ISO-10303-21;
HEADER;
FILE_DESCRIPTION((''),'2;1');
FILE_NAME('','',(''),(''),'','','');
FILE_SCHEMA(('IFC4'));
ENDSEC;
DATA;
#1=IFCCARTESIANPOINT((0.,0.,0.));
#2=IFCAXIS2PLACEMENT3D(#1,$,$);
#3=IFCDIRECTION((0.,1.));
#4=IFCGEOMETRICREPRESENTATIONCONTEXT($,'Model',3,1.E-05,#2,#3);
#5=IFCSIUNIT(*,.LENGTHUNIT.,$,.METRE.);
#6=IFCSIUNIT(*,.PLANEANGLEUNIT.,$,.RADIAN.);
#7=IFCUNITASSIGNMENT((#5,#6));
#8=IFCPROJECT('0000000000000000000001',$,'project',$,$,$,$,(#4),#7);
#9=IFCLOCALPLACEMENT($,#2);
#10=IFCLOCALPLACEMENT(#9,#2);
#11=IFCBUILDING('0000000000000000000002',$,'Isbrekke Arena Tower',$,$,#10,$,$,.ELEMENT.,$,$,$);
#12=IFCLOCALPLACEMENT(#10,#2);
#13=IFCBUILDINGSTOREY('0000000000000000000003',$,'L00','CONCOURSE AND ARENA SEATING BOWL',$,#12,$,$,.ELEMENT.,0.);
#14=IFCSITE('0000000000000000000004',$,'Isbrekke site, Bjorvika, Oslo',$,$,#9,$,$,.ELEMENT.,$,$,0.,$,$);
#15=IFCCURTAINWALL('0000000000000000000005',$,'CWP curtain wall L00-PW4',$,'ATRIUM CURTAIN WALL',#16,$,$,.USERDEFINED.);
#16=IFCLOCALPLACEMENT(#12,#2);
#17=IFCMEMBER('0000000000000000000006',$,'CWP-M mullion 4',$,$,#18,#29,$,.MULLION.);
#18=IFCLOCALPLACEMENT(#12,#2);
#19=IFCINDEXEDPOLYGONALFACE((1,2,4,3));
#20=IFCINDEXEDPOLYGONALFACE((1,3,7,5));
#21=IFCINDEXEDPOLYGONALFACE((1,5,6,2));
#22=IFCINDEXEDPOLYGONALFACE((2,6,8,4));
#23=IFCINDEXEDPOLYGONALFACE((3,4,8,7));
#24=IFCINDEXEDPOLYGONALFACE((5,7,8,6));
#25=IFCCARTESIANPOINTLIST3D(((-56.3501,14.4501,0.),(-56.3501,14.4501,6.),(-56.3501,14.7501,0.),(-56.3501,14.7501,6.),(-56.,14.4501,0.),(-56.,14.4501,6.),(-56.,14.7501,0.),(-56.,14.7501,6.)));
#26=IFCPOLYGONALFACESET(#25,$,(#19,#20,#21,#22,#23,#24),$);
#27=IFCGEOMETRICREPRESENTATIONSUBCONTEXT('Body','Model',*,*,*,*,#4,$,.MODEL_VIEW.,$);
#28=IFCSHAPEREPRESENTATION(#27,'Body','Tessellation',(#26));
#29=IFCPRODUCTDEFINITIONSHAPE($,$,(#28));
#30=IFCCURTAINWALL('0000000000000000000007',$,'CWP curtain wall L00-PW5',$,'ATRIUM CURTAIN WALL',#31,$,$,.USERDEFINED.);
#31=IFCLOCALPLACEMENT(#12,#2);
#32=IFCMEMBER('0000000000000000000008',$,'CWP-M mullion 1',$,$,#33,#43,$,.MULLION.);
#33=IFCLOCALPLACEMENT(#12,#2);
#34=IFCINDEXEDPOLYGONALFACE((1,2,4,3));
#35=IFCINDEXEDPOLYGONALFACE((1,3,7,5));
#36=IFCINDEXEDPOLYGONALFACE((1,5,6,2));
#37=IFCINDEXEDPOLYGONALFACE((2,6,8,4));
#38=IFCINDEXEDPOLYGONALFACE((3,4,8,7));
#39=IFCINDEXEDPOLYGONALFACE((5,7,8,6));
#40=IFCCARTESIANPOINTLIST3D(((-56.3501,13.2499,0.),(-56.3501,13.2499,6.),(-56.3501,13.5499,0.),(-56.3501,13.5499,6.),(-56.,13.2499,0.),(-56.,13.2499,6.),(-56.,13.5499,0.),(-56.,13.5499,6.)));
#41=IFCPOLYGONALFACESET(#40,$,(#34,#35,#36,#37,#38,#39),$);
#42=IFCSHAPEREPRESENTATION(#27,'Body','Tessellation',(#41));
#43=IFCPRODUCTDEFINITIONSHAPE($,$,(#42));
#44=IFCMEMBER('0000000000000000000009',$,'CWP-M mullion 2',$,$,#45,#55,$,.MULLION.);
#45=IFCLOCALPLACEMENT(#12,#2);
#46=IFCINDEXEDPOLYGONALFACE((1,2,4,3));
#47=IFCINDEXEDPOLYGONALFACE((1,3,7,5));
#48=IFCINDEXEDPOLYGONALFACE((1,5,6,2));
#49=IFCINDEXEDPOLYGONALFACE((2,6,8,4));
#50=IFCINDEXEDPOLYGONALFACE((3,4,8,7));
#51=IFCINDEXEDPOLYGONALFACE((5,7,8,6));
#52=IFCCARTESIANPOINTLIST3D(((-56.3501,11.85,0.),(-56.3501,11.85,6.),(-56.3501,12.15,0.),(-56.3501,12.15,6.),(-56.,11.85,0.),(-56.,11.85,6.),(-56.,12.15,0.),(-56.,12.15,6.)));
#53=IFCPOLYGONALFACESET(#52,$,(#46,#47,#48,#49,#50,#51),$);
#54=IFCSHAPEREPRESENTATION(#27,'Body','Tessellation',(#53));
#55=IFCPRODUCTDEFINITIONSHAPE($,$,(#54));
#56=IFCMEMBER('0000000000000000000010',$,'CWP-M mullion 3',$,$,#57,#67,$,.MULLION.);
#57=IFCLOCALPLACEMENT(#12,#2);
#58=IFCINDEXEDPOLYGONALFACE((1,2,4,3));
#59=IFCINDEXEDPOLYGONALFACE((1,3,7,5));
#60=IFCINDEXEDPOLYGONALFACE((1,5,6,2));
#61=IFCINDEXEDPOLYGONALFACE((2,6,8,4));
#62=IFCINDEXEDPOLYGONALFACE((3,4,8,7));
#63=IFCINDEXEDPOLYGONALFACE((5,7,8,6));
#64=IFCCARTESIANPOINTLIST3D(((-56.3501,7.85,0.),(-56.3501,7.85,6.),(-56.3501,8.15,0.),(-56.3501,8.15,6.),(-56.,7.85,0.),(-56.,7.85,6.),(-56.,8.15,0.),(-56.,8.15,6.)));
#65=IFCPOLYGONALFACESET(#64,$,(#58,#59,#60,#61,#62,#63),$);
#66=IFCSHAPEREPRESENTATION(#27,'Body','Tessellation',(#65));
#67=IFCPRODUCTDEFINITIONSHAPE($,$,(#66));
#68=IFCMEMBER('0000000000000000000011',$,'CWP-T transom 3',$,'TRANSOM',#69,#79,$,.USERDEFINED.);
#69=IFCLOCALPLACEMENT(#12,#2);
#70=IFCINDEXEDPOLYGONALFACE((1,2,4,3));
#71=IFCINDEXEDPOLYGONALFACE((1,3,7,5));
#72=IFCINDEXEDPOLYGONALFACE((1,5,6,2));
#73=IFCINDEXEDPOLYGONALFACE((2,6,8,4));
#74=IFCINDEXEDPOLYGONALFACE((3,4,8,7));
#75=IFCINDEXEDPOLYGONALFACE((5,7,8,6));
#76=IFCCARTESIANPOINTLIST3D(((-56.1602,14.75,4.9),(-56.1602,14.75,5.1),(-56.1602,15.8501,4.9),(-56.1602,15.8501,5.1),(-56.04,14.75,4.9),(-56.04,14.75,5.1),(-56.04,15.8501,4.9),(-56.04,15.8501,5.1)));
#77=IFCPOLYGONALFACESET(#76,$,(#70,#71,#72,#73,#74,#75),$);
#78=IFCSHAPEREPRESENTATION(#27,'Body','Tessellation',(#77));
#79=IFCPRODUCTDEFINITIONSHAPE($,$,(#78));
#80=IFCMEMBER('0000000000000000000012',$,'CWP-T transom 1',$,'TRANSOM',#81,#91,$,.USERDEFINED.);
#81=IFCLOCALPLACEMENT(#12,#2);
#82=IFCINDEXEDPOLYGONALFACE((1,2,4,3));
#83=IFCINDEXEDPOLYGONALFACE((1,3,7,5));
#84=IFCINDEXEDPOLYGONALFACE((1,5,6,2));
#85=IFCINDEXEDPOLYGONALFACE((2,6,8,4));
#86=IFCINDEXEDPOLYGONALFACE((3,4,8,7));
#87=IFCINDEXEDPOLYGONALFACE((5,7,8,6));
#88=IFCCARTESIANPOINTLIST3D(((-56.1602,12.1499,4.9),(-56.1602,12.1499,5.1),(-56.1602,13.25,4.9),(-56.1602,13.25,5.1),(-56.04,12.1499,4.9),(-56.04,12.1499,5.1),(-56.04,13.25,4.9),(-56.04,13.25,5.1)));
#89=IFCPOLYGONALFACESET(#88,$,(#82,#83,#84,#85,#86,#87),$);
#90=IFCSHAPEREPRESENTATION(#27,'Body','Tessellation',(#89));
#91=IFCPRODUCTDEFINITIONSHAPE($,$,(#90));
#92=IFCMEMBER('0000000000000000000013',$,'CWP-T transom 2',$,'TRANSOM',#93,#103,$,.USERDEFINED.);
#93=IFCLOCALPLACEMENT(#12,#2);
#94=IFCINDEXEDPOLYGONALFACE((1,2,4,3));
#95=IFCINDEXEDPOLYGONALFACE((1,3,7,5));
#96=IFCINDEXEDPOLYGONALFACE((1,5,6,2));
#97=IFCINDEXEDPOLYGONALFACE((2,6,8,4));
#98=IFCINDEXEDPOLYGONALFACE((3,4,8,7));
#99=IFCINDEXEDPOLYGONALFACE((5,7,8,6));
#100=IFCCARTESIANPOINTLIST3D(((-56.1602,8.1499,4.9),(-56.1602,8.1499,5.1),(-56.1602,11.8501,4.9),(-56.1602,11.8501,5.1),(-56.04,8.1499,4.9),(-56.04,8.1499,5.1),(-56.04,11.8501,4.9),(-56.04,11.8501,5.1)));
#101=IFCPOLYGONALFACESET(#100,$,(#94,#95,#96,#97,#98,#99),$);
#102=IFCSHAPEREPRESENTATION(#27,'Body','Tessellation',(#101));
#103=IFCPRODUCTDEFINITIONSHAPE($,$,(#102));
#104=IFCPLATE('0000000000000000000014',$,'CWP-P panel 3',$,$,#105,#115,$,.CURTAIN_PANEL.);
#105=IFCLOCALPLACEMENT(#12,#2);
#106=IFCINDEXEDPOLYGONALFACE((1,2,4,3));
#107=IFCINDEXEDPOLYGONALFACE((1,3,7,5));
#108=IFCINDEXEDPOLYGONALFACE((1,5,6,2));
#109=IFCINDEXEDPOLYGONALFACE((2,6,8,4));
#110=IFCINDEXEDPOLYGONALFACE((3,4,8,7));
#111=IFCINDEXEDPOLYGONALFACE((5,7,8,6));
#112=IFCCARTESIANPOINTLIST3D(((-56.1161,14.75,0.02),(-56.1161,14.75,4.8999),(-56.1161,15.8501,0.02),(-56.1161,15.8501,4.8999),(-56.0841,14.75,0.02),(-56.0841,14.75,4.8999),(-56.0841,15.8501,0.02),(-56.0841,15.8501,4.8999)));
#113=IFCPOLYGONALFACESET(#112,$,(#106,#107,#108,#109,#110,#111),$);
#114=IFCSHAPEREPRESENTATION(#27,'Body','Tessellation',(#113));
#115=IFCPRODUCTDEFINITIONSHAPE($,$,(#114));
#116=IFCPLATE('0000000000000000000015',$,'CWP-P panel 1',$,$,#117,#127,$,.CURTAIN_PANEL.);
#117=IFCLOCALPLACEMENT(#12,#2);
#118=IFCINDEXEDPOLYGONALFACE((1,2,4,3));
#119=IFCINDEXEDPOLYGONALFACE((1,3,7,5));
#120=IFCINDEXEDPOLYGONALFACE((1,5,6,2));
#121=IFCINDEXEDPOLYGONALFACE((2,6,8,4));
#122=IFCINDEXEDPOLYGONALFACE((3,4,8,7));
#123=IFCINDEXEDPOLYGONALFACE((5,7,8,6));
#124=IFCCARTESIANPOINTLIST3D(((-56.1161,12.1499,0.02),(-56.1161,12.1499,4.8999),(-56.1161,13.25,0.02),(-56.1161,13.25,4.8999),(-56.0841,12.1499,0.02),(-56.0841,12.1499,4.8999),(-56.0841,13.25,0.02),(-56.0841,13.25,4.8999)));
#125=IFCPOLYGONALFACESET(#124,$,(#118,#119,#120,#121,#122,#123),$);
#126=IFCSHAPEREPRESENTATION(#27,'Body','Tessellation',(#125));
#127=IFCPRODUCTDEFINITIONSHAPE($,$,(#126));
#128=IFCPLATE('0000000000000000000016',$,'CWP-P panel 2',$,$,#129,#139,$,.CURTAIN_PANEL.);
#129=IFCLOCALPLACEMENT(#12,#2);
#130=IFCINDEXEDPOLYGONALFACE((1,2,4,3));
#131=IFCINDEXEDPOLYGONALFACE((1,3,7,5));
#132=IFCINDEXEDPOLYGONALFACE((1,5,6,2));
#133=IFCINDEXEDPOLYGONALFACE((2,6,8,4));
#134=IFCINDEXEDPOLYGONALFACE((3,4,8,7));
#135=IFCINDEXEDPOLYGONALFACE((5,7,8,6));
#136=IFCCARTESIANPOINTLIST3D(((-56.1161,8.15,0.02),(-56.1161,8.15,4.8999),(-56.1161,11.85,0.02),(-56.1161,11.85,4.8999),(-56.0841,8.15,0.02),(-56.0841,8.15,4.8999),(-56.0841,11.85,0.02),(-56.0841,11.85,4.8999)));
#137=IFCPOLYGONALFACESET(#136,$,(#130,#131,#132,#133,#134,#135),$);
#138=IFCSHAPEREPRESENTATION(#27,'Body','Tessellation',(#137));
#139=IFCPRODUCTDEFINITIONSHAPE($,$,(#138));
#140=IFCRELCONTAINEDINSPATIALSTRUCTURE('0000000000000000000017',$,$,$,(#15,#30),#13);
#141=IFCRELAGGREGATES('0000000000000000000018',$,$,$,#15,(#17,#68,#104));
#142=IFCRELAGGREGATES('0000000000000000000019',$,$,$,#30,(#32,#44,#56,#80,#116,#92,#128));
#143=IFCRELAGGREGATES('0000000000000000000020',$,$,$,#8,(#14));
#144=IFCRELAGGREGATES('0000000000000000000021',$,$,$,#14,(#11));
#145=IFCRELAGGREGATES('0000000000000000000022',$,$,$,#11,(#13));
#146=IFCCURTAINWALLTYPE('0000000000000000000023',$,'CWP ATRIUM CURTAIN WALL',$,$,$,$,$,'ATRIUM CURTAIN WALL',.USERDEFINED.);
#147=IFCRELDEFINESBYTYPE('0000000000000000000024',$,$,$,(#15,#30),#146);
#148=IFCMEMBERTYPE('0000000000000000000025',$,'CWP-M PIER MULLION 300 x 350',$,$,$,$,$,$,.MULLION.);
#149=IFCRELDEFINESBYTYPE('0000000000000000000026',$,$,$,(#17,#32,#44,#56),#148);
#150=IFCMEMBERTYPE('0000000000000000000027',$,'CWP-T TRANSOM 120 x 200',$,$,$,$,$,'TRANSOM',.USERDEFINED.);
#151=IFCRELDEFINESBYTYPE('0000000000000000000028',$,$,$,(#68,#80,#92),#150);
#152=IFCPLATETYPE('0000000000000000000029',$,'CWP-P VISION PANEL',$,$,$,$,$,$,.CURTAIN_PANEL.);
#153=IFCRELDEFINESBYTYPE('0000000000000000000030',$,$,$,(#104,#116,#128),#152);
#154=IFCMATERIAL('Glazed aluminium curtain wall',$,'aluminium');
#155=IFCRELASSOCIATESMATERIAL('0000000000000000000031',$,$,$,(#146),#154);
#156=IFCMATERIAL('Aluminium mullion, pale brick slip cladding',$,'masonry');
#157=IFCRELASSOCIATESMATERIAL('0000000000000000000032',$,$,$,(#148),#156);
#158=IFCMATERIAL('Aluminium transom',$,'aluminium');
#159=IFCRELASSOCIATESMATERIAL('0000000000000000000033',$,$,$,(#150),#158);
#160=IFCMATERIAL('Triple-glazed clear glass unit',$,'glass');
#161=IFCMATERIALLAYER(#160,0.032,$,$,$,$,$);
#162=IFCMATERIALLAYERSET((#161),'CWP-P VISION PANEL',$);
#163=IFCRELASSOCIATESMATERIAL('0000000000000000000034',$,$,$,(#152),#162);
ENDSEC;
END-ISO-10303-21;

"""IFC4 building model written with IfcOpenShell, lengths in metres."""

from ifc_helpers import new_model, si_unit, direction, frame, origin, origin_2d, place, context, subcontext, project, spatial, rectangle, extrude, material, layer, layer_set, material_profile, profile_set, type_object, element, aggregate, save


model = new_model("IFC4")

# Units and contexts
model_context = context("Model", 3, precision=1e-05, world=origin(), true_north=direction((0.0, 1.0)))
body_context = subcontext(model_context, "Body", "Model", "MODEL_VIEW")
ifc_project = project(units=[si_unit("LENGTHUNIT", "METRE"), si_unit("PLANEANGLEUNIT", "RADIAN")], contexts=[model_context])

# Site, building, storey
site_placement = place(None, origin())
site = spatial("IfcSite", under=ifc_project, at=site_placement, Name="Isbrekke site, Bjorvika, Oslo", CompositionType="ELEMENT", RefElevation=0.0)
building_placement = place(site_placement, origin())
building = spatial("IfcBuilding", under=site, at=building_placement, Name="Isbrekke Arena Tower", CompositionType="ELEMENT")
storey_placement = place(building_placement, origin())
storey = spatial("IfcBuildingStorey", under=building, at=storey_placement, Name="L00", Description="CONCOURSE AND ARENA SEATING BOWL", CompositionType="ELEMENT", Elevation=0.0)

# Curtain wall, member
ifc_material_1 = material(Name="Glazed aluminium curtain wall", Category="aluminium")
curtain_wall_type = type_object("IfcCurtainWallType", Name="CWP ATRIUM CURTAIN WALL", ElementType="ATRIUM CURTAIN WALL", PredefinedType="USERDEFINED", material=ifc_material_1)
curtain_wall_1_placement = place(storey_placement, origin())
curtain_wall_1 = element("IfcCurtainWall", 1, at=curtain_wall_1_placement, inside=storey, type_object=curtain_wall_type, Name="CWP curtain wall L00-PW4", ObjectType="ATRIUM CURTAIN WALL", PredefinedType="USERDEFINED")
ifc_material_2 = material(Name="Aluminium mullion, pale brick slip cladding", Category="masonry")
ifc_material_profile_1 = material_profile(ifc_material_2, rectangle(XDim=0.3, YDim=0.3501, at=origin_2d()), Name="PIER 300X350")
ifc_profile_set_1 = profile_set([ifc_material_profile_1], Name="Aluminium mullion, pale brick slip cladding")
member_type_1 = type_object("IfcMemberType", Name="CWP-M PIER MULLION 300 x 350", PredefinedType="MULLION", material=ifc_profile_set_1)
member_1_placement = place(storey_placement, frame((-56.175, 14.6001, 0.0), z_axis=(0.0, 0.0, 1.0), x_axis=(0.0, -1.0, 0.0)))
member_1 = element("IfcMember", 2, at=member_1_placement, type_object=member_type_1, Name="CWP-M mullion 4", PredefinedType="MULLION", context=body_context, shape_type="SweptSolid", body=[
    extrude(rectangle(XDim=0.3, YDim=0.3501, at=origin_2d()), origin(), (0.0, 0.0, 1.0), 6.0),
])

# Curtain wall, members
curtain_wall_2_placement = place(storey_placement, origin())
curtain_wall_2 = element("IfcCurtainWall", 3, at=curtain_wall_2_placement, inside=storey, type_object=curtain_wall_type, Name="CWP curtain wall L00-PW5", ObjectType="ATRIUM CURTAIN WALL", PredefinedType="USERDEFINED")
member_2_placement = place(storey_placement, frame((-56.175, 13.3999, 0.0), z_axis=(0.0, 0.0, 1.0), x_axis=(0.0, -1.0, 0.0)))
member_2 = element("IfcMember", 4, at=member_2_placement, type_object=member_type_1, Name="CWP-M mullion 1", PredefinedType="MULLION", context=body_context, shape_type="SweptSolid", body=[
    extrude(rectangle(XDim=0.3, YDim=0.3501, at=origin_2d()), origin(), (0.0, 0.0, 1.0), 6.0),
])
member_3_placement = place(storey_placement, frame((-56.175, 12.0, 0.0), z_axis=(0.0, 0.0, 1.0), x_axis=(0.0, -1.0, 0.0)))
member_3 = element("IfcMember", 5, at=member_3_placement, type_object=member_type_1, Name="CWP-M mullion 2", PredefinedType="MULLION", context=body_context, shape_type="SweptSolid", body=[
    extrude(rectangle(XDim=0.3, YDim=0.3501, at=origin_2d()), origin(), (0.0, 0.0, 1.0), 6.0),
])
member_4_placement = place(storey_placement, frame((-56.175, 8.0, 0.0), z_axis=(0.0, 0.0, 1.0), x_axis=(0.0, -1.0, 0.0)))
member_4 = element("IfcMember", 6, at=member_4_placement, type_object=member_type_1, Name="CWP-M mullion 3", PredefinedType="MULLION", context=body_context, shape_type="SweptSolid", body=[
    extrude(rectangle(XDim=0.3, YDim=0.3501, at=origin_2d()), origin(), (0.0, 0.0, 1.0), 6.0),
])

# Members
ifc_material_3 = material(Name="Aluminium transom", Category="aluminium")
ifc_material_profile_2 = material_profile(ifc_material_3, rectangle(XDim=0.1201, YDim=0.2, at=origin_2d()), Name="TRANSOM 120X200")
ifc_profile_set_2 = profile_set([ifc_material_profile_2], Name="Aluminium transom")
member_type_2 = type_object("IfcMemberType", Name="CWP-T TRANSOM 120 x 200", ElementType="TRANSOM", PredefinedType="USERDEFINED", material=ifc_profile_set_2)
member_5_placement = place(storey_placement, frame((-56.1001, 15.8501, 5.0), z_axis=(0.0, -1.0, 0.0), x_axis=(1.0, 0.0, 0.0)))
member_5 = element("IfcMember", 7, at=member_5_placement, type_object=member_type_2, Name="CWP-T transom 3", ObjectType="TRANSOM", PredefinedType="USERDEFINED", context=body_context, shape_type="SweptSolid", body=[
    extrude(rectangle(XDim=0.1201, YDim=0.2, at=origin_2d()), origin(), (0.0, 0.0, 1.0), 1.1001),
])
member_6_placement = place(storey_placement, frame((-56.1001, 13.25, 5.0), z_axis=(0.0, -1.0, 0.0), x_axis=(1.0, 0.0, 0.0)))
member_6 = element("IfcMember", 8, at=member_6_placement, type_object=member_type_2, Name="CWP-T transom 1", ObjectType="TRANSOM", PredefinedType="USERDEFINED", context=body_context, shape_type="SweptSolid", body=[
    extrude(rectangle(XDim=0.1201, YDim=0.2, at=origin_2d()), origin(), (0.0, 0.0, 1.0), 1.1001),
])
member_7_placement = place(storey_placement, frame((-56.1001, 11.8501, 5.0), z_axis=(0.0, -1.0, 0.0), x_axis=(1.0, 0.0, 0.0)))
member_7 = element("IfcMember", 9, at=member_7_placement, type_object=member_type_2, Name="CWP-T transom 2", ObjectType="TRANSOM", PredefinedType="USERDEFINED", context=body_context, shape_type="SweptSolid", body=[
    extrude(rectangle(XDim=0.1201, YDim=0.2, at=origin_2d()), origin(), (0.0, 0.0, 1.0), 3.7002),
])

# Plates
ifc_material_4 = material(Name="Triple-glazed clear glass unit", Category="glass")
ifc_layer = layer(ifc_material_4, 0.032)
ifc_layer_set = layer_set([ifc_layer], Name="CWP-P VISION PANEL")
plate_type = type_object("IfcPlateType", Name="CWP-P VISION PANEL", PredefinedType="CURTAIN_PANEL", material=ifc_layer_set)
plate_1_placement = place(storey_placement, frame((-56.1001, 15.3, 0.02), z_axis=(0.0, 0.0, 1.0), x_axis=(0.0, -1.0, 0.0)))
plate_1 = element("IfcPlate", 10, at=plate_1_placement, type_object=plate_type, Name="CWP-P panel 3", PredefinedType="CURTAIN_PANEL", context=body_context, shape_type="SweptSolid", body=[
    extrude(rectangle(XDim=1.1001, YDim=0.032, at=origin_2d()), origin(), (0.0, 0.0, 1.0), 4.8799),
])
aggregate(curtain_wall_1, [member_1, member_5, plate_1])
plate_2_placement = place(storey_placement, frame((-56.1001, 12.7, 0.02), z_axis=(0.0, 0.0, 1.0), x_axis=(0.0, -1.0, 0.0)))
plate_2 = element("IfcPlate", 11, at=plate_2_placement, type_object=plate_type, Name="CWP-P panel 1", PredefinedType="CURTAIN_PANEL", context=body_context, shape_type="SweptSolid", body=[
    extrude(rectangle(XDim=1.1001, YDim=0.032, at=origin_2d()), origin(), (0.0, 0.0, 1.0), 4.8799),
])
plate_3_placement = place(storey_placement, frame((-56.1001, 10.0, 0.02), z_axis=(0.0, 0.0, 1.0), x_axis=(0.0, -1.0, 0.0)))
plate_3 = element("IfcPlate", 12, at=plate_3_placement, type_object=plate_type, Name="CWP-P panel 2", PredefinedType="CURTAIN_PANEL", context=body_context, shape_type="SweptSolid", body=[
    extrude(rectangle(XDim=3.7, YDim=0.032, at=origin_2d()), origin(), (0.0, 0.0, 1.0), 4.8799),
])
aggregate(curtain_wall_2, [member_2, member_3, member_4, member_6, plate_2, member_7, plate_3])

save(model, "model.ifc")
